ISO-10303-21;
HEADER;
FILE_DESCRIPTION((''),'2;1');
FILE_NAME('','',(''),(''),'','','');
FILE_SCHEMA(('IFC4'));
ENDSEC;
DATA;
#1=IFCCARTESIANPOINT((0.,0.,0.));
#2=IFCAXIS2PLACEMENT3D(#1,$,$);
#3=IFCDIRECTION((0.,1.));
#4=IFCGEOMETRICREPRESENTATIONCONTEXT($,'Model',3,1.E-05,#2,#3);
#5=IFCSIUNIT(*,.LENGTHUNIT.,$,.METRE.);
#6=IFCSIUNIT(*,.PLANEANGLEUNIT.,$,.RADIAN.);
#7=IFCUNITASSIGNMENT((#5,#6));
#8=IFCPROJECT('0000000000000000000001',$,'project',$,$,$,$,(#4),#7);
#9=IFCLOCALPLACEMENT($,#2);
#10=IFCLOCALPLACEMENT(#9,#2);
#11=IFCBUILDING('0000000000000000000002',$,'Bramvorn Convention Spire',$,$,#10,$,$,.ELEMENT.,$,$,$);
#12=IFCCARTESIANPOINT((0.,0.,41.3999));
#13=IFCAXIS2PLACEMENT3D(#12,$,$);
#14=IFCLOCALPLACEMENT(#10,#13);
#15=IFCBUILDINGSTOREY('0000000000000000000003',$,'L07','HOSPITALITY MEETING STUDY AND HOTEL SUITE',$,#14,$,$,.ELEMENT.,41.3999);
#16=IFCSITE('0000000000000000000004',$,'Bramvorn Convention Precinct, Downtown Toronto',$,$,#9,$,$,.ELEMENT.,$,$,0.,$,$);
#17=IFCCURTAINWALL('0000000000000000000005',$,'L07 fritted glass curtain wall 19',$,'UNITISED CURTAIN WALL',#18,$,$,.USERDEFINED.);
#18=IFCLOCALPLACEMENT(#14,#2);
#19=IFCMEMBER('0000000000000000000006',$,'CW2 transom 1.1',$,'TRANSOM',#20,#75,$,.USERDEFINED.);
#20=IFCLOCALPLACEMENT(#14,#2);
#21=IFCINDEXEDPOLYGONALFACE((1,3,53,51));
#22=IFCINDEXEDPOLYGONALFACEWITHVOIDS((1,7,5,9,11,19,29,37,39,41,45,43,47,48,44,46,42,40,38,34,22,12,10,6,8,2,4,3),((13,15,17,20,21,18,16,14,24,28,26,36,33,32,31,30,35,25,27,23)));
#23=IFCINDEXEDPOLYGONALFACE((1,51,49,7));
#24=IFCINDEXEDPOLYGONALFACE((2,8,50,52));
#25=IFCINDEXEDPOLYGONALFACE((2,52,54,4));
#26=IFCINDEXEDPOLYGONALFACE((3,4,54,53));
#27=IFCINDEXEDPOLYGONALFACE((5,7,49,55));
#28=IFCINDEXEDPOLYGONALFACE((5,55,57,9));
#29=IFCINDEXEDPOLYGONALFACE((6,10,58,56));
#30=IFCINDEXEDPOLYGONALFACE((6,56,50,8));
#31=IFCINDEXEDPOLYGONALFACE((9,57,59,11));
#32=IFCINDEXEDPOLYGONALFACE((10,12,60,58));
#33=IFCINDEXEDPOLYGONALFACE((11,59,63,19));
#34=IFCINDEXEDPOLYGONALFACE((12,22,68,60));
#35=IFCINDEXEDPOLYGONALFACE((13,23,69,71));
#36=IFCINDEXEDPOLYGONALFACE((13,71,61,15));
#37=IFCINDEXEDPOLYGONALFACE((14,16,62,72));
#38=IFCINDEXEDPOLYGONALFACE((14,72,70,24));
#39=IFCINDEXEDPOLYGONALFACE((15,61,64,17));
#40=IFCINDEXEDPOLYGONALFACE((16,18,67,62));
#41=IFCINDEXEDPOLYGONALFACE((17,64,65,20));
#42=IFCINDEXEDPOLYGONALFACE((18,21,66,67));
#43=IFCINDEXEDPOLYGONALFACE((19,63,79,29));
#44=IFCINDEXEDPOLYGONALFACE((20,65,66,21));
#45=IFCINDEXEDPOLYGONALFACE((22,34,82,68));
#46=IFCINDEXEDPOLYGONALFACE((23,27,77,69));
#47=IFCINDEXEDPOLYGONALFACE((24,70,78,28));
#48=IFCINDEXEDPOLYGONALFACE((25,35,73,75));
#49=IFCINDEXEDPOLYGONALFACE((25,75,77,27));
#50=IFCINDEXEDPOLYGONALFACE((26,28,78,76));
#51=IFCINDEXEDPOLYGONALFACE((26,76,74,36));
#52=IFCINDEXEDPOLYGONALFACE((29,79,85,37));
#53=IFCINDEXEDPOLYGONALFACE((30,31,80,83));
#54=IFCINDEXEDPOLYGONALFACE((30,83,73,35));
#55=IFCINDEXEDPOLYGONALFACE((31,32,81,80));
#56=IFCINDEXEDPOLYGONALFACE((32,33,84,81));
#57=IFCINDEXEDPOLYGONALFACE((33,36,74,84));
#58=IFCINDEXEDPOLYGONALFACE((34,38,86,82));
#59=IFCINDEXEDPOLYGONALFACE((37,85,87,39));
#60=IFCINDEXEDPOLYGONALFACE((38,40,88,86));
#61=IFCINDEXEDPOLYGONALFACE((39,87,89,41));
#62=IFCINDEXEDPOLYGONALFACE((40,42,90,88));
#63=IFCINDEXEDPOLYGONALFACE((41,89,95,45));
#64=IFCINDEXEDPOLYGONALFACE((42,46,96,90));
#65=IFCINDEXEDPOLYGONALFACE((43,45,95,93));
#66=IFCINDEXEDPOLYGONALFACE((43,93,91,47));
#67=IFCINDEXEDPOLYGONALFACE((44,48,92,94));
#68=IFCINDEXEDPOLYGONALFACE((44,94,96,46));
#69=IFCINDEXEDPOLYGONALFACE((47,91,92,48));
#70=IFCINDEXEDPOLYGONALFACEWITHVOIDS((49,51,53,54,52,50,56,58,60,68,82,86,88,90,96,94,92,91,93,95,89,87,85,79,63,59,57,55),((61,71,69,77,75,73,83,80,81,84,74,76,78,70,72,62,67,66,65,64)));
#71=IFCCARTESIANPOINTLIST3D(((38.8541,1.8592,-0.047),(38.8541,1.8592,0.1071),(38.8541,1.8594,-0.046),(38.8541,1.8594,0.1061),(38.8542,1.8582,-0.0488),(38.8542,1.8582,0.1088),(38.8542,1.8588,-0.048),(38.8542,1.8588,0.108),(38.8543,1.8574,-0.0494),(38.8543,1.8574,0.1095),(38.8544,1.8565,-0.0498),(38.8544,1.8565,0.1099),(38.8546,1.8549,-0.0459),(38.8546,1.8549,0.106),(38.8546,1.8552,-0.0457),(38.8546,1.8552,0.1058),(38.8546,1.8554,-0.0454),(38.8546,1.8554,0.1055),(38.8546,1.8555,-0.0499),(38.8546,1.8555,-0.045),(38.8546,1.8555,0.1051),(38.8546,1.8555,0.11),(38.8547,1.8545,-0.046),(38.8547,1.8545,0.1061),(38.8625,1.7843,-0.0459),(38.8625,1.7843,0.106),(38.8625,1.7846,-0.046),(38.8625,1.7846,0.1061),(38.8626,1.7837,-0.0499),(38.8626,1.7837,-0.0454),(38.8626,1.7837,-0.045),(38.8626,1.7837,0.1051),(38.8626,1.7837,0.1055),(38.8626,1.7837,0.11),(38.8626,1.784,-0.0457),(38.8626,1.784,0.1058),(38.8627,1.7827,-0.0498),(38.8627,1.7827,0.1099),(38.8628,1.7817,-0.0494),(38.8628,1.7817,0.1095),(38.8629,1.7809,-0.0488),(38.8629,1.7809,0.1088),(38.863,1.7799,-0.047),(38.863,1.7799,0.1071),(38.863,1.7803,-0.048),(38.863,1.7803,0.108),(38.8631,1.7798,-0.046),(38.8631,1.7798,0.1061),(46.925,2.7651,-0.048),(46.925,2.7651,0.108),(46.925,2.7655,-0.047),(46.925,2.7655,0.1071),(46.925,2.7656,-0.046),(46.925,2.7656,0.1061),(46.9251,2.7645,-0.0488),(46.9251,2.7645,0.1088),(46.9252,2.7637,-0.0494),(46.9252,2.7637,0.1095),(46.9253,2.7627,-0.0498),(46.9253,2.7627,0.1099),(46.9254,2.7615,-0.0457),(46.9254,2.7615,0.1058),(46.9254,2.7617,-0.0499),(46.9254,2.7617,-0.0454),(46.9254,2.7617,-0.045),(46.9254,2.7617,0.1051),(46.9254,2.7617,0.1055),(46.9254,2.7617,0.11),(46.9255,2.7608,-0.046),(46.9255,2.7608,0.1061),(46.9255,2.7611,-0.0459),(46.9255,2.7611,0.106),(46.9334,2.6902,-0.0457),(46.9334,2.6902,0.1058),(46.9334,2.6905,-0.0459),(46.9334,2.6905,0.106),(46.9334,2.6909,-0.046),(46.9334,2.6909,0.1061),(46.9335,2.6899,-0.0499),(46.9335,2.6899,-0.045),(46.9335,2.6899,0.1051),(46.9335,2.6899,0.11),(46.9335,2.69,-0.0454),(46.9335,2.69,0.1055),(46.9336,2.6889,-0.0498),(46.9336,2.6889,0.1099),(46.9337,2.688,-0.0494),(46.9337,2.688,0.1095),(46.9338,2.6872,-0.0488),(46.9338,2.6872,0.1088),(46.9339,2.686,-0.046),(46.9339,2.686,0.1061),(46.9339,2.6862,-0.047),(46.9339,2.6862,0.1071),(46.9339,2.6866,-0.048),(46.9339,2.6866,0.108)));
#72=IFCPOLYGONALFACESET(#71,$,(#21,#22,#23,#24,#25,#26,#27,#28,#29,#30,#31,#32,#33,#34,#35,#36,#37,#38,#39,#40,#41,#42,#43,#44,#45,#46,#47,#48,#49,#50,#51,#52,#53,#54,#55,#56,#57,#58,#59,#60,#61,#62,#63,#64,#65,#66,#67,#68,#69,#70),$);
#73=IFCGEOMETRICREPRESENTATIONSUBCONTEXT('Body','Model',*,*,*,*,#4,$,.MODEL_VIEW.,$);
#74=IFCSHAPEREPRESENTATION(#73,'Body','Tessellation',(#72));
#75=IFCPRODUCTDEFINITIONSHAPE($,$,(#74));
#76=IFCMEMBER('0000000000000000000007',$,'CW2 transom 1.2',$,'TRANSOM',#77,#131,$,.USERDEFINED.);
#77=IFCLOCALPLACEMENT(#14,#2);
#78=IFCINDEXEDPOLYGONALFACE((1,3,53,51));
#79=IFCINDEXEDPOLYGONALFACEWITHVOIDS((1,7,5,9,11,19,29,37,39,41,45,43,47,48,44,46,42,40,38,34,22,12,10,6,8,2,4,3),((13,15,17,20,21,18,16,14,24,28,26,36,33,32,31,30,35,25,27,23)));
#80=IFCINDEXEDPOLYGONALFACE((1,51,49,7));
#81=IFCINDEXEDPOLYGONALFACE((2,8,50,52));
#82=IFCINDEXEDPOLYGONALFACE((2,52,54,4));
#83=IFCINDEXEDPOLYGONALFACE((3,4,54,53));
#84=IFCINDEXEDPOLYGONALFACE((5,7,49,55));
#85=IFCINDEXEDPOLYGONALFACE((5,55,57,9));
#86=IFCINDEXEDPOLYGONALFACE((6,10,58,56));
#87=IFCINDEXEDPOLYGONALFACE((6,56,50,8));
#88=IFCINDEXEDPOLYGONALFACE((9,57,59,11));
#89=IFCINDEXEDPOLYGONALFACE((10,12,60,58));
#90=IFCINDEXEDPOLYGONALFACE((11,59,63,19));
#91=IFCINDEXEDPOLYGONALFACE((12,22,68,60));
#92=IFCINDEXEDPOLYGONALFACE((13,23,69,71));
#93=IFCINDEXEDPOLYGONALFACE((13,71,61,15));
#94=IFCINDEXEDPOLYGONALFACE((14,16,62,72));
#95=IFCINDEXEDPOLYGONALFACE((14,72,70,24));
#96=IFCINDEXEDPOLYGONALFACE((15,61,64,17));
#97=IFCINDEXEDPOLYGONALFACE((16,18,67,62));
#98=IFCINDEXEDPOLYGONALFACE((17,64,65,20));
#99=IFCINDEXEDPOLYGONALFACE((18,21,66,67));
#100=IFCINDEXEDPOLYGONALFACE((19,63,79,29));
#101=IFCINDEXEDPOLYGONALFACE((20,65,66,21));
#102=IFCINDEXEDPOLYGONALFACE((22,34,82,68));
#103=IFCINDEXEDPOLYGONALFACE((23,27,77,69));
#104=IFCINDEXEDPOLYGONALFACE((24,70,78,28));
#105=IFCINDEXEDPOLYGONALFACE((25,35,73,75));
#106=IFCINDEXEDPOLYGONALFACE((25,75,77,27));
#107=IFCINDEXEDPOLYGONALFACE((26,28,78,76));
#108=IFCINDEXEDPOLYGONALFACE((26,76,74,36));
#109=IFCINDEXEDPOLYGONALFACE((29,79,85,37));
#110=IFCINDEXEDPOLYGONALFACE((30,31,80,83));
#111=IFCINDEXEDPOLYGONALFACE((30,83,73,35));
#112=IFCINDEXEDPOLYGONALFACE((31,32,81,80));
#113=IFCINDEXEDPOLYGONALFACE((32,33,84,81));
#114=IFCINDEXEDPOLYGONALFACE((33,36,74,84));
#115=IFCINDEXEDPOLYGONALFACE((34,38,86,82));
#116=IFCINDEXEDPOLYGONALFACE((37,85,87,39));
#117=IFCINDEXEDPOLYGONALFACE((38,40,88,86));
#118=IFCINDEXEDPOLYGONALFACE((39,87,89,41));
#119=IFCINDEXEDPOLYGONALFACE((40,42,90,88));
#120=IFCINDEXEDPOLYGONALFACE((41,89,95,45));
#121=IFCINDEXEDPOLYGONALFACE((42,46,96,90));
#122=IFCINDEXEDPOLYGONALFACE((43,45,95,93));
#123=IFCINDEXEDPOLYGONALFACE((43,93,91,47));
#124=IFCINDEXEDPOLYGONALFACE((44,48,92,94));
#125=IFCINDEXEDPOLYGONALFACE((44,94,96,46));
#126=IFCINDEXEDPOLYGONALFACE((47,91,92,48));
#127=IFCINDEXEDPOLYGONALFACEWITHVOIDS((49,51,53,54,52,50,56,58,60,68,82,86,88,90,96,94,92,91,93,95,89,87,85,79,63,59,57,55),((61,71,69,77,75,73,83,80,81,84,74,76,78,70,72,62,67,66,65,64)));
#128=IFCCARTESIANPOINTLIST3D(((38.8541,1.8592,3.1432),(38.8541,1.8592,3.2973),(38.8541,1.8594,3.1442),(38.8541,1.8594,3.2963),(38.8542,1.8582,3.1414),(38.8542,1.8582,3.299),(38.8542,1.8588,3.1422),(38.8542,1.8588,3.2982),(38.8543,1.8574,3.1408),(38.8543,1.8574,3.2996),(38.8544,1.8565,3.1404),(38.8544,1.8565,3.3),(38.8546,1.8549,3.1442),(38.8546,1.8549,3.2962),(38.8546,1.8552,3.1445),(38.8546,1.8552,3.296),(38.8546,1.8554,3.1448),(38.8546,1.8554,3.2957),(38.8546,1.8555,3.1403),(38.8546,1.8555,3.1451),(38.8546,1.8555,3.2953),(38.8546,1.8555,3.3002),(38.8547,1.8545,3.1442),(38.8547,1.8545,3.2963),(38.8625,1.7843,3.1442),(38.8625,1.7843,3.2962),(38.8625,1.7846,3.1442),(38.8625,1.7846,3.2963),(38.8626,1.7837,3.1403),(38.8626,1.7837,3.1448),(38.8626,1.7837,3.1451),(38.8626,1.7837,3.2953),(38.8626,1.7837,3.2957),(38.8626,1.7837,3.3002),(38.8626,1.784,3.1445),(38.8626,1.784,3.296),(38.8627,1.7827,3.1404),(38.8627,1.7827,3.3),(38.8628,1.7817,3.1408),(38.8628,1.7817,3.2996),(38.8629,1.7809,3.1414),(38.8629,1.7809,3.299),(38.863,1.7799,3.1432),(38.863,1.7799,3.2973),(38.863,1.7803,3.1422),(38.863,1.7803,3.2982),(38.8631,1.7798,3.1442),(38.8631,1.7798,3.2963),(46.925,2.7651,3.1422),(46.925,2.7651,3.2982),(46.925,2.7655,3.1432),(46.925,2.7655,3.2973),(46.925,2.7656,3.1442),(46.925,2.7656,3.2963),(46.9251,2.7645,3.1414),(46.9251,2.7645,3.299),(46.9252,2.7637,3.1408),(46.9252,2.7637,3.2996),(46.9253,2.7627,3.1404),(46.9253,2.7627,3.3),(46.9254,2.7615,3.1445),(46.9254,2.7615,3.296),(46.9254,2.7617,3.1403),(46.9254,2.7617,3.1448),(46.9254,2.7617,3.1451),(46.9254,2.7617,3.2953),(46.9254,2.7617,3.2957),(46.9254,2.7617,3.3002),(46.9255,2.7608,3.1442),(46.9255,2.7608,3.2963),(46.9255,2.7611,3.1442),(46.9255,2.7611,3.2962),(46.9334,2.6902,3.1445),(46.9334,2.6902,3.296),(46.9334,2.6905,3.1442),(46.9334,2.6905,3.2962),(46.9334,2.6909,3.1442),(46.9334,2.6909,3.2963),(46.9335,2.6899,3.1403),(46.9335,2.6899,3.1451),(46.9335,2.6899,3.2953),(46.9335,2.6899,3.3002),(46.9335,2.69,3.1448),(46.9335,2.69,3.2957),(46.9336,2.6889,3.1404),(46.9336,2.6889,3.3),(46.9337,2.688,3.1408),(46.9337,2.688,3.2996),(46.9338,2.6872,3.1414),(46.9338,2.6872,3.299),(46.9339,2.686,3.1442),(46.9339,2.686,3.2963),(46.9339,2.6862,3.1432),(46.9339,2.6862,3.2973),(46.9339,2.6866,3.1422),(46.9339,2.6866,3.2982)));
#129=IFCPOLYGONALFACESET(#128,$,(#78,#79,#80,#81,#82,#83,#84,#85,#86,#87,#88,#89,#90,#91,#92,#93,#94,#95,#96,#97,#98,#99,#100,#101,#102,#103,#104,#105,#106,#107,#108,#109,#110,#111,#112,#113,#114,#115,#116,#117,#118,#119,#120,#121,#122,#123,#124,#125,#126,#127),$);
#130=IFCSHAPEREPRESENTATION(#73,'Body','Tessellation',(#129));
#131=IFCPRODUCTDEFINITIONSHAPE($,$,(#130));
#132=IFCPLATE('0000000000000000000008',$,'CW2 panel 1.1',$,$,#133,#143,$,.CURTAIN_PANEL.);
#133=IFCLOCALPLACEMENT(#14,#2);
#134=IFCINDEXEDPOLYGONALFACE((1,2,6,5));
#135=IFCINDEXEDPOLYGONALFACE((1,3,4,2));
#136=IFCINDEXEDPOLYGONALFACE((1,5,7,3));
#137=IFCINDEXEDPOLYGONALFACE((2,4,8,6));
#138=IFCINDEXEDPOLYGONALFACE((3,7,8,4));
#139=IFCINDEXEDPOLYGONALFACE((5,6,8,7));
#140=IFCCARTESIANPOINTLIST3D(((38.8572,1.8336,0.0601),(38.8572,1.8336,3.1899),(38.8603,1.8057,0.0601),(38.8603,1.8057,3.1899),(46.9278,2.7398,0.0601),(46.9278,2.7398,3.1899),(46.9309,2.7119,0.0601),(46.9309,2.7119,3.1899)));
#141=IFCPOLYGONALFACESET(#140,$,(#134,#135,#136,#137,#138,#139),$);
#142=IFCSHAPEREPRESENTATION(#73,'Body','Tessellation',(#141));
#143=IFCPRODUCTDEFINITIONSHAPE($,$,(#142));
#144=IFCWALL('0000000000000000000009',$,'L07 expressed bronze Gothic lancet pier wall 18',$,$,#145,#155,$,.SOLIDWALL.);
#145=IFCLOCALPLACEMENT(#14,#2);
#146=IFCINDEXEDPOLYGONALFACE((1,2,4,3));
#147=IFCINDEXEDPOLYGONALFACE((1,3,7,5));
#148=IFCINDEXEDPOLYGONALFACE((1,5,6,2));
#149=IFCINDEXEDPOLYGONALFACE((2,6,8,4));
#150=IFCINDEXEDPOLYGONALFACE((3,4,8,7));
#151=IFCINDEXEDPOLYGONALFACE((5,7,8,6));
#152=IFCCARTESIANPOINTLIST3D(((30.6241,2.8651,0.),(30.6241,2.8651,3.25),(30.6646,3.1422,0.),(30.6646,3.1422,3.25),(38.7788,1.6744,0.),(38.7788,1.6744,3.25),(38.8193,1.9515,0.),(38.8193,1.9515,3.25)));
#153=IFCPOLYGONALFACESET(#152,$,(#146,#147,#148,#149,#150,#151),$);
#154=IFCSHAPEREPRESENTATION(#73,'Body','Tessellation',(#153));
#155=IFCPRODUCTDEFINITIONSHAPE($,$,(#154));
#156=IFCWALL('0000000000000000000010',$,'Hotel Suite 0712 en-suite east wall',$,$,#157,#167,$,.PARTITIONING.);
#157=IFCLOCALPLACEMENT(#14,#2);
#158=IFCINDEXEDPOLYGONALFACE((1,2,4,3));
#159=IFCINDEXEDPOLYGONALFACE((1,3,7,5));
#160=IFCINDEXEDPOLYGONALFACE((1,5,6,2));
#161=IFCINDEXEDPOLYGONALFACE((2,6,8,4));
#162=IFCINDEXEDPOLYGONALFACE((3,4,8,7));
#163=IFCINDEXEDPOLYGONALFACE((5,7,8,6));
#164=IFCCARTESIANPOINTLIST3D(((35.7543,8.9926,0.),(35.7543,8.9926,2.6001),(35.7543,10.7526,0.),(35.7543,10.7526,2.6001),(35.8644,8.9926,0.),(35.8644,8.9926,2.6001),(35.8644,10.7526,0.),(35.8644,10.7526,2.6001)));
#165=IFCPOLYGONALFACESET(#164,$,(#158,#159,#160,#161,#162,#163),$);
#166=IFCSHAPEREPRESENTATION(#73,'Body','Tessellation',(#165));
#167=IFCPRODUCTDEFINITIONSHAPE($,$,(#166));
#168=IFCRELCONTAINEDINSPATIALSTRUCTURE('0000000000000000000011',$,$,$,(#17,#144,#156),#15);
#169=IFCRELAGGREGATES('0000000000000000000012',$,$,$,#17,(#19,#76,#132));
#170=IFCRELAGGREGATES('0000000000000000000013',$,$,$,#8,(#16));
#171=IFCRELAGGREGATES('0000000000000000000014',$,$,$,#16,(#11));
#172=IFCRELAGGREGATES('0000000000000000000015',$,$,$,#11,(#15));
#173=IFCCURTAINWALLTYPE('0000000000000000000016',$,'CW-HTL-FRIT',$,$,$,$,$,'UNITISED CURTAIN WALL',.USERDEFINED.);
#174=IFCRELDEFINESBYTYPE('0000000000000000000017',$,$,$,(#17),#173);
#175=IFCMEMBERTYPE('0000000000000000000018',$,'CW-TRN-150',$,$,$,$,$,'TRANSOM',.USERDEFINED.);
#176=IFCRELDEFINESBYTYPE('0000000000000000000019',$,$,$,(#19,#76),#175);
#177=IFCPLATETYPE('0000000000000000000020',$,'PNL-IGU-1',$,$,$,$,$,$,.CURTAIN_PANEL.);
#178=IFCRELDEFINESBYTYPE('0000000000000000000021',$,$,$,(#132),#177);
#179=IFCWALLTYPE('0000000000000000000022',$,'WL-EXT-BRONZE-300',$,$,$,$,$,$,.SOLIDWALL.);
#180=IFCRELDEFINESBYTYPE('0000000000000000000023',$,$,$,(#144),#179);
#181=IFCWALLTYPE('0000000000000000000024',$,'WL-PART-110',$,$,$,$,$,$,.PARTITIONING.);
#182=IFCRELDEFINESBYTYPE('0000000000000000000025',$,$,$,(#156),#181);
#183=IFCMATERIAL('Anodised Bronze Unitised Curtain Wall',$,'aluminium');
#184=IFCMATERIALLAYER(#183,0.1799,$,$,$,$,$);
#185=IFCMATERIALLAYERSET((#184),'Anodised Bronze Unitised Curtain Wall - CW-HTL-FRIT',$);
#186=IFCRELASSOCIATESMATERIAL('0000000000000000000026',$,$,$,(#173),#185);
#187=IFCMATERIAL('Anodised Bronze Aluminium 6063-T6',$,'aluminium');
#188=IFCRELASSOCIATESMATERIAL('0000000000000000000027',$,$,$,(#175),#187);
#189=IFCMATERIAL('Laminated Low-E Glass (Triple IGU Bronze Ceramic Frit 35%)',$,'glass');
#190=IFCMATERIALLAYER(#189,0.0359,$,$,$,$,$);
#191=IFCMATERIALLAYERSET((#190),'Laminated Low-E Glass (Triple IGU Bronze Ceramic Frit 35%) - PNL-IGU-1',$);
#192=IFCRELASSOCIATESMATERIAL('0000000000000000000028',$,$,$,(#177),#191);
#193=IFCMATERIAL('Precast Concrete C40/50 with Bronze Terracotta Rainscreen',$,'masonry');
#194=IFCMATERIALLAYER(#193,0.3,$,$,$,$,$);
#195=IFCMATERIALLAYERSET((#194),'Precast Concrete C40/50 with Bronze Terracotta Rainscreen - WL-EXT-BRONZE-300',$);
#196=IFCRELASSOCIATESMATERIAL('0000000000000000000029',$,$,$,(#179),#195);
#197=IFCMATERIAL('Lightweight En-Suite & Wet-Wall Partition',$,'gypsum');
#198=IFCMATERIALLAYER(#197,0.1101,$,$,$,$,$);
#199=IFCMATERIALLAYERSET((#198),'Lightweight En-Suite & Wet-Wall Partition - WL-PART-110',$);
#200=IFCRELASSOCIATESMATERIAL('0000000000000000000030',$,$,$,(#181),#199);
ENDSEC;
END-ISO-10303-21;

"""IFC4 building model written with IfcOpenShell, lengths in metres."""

from ifc_helpers import new_model, si_unit, direction, frame, frame_2d, origin, origin_2d, place, context, subcontext, project, spatial, rectangle, hollow_rectangle, extrude, material, layer, layer_set, material_profile, profile_set, type_object, element, aggregate, save


model = new_model("IFC4")

# Units and contexts
model_context = context("Model", 3, precision=1e-05, world=origin(), true_north=direction((0.0, 1.0)))
body_context = subcontext(model_context, "Body", "Model", "MODEL_VIEW")
ifc_project = project(units=[si_unit("LENGTHUNIT", "METRE"), si_unit("PLANEANGLEUNIT", "RADIAN")], contexts=[model_context])

# Site, building, storey
site_placement = place(None, origin())
site = spatial("IfcSite", under=ifc_project, at=site_placement, Name="Bramvorn Convention Precinct, Downtown Toronto", CompositionType="ELEMENT", RefElevation=0.0)
building_placement = place(site_placement, origin())
building = spatial("IfcBuilding", under=site, at=building_placement, Name="Bramvorn Convention Spire", CompositionType="ELEMENT")
storey_placement = place(building_placement, frame((0.0, 0.0, 41.3999)))
storey = spatial("IfcBuildingStorey", under=building, at=storey_placement, Name="L07", Description="HOSPITALITY MEETING STUDY AND HOTEL SUITE", CompositionType="ELEMENT", Elevation=41.3999)

# Curtain wall
ifc_material_1 = material(Name="Anodised Bronze Unitised Curtain Wall", Category="aluminium")
ifc_layer_1 = layer(ifc_material_1, 0.1799)
ifc_layer_set_1 = layer_set([ifc_layer_1], Name="Anodised Bronze Unitised Curtain Wall - CW-HTL-FRIT")
curtain_wall_type = type_object("IfcCurtainWallType", Name="CW-HTL-FRIT", ElementType="UNITISED CURTAIN WALL", PredefinedType="USERDEFINED", material=ifc_layer_set_1)
curtain_wall_1_placement = place(storey_placement, origin())
curtain_wall_1 = element("IfcCurtainWall", 1, at=curtain_wall_1_placement, inside=storey, type_object=curtain_wall_type, Name="L07 fritted glass curtain wall 19", ObjectType="UNITISED CURTAIN WALL", PredefinedType="USERDEFINED")
ifc_material_2 = material(Name="Anodised Bronze Aluminium 6063-T6", Category="aluminium")

# Members
ifc_material_profile_1 = material_profile(ifc_material_2, hollow_rectangle(XDim=0.0801, YDim=0.1599, WallThickness=0.0039, InnerFilletRadius=0.001, OuterFilletRadius=0.0039, at=origin_2d()))
ifc_profile_set_1 = profile_set([ifc_material_profile_1], Name="Anodised Bronze Aluminium 6063-T6 - CWT80X160")
member_type_1 = type_object("IfcMemberType", Name="CW-TRN-150", ElementType="TRANSOM", PredefinedType="USERDEFINED", material=ifc_profile_set_1)
member_1_placement = place(storey_placement, frame((46.9294, 2.7258, 0.03), z_axis=(-0.993755, -0.111586, 0.0), x_axis=(0.111586, -0.993755, 0.0)))
member_1 = element("IfcMember", 2, at=member_1_placement, type_object=member_type_1, Name="CW2 transom 1.1", ObjectType="TRANSOM", PredefinedType="USERDEFINED", context=body_context, shape_type="SweptSolid", body=[
    extrude(hollow_rectangle(XDim=0.0801, YDim=0.1599, WallThickness=0.0039, InnerFilletRadius=0.001, OuterFilletRadius=0.0039, at=origin_2d()), origin(), (0.0, 0.0, 1.0), 8.1216),
])
member_2_placement = place(storey_placement, frame((46.9294, 2.7258, 3.2202), z_axis=(-0.993755, -0.111586, 0.0), x_axis=(0.111586, -0.993755, 0.0)))
member_2 = element("IfcMember", 3, at=member_2_placement, type_object=member_type_1, Name="CW2 transom 1.2", ObjectType="TRANSOM", PredefinedType="USERDEFINED", context=body_context, shape_type="SweptSolid", body=[
    extrude(hollow_rectangle(XDim=0.0801, YDim=0.1599, WallThickness=0.0039, InnerFilletRadius=0.001, OuterFilletRadius=0.0039, at=origin_2d()), origin(), (0.0, 0.0, 1.0), 8.1216),
])

# Plate
ifc_material_3 = material(Name="Laminated Low-E Glass (Triple IGU Bronze Ceramic Frit 35%)", Category="glass")
ifc_layer_2 = layer(ifc_material_3, 0.0359)
ifc_layer_set_2 = layer_set([ifc_layer_2], Name="Laminated Low-E Glass (Triple IGU Bronze Ceramic Frit 35%) - PNL-IGU-1")
plate_type = type_object("IfcPlateType", Name="PNL-IGU-1", PredefinedType="CURTAIN_PANEL", material=ifc_layer_set_2)
plate_placement = place(storey_placement, frame((42.894, 2.2727, 0.0601), z_axis=(0.0, 0.0, 1.0), x_axis=(-0.993755, -0.111583, 0.0)))
plate = element("IfcPlate", 4, at=plate_placement, type_object=plate_type, Name="CW2 panel 1.1", PredefinedType="CURTAIN_PANEL", context=body_context, shape_type="SweptSolid", body=[
    extrude(rectangle(XDim=8.1213, YDim=0.0281, at=origin_2d()), origin(), (0.0, 0.0, 1.0), 3.1299),
])
aggregate(curtain_wall_1, [member_1, member_2, plate])

# Walls
ifc_material_4 = material(Name="Precast Concrete C40/50 with Bronze Terracotta Rainscreen", Category="masonry")
ifc_layer_3 = layer(ifc_material_4, 0.3)
ifc_layer_set_3 = layer_set([ifc_layer_3], Name="Precast Concrete C40/50 with Bronze Terracotta Rainscreen - WL-EXT-BRONZE-300")
wall_type_1 = type_object("IfcWallType", Name="WL-EXT-BRONZE-300", PredefinedType="SOLIDWALL", material=ifc_layer_set_3)
wall_1_placement = place(storey_placement, frame((38.7991, 1.813, 0.0), z_axis=(0.0, 0.0, 1.0), x_axis=(-0.989508, 0.144477, 0.0)))
element("IfcWall", 5, at=wall_1_placement, inside=storey, type_object=wall_type_1, Name="L07 expressed bronze Gothic lancet pier wall 18", PredefinedType="SOLIDWALL", context=body_context, shape_type="SweptSolid", body=[
    extrude(rectangle(XDim=8.2412, YDim=0.28, at=frame_2d((4.1206, 0.0))), origin(), (0.0, 0.0, 1.0), 3.25),
])
ifc_material_5 = material(Name="Lightweight En-Suite & Wet-Wall Partition", Category="gypsum")
ifc_layer_4 = layer(ifc_material_5, 0.1101)
ifc_layer_set_4 = layer_set([ifc_layer_4], Name="Lightweight En-Suite & Wet-Wall Partition - WL-PART-110")
wall_type_2 = type_object("IfcWallType", Name="WL-PART-110", PredefinedType="PARTITIONING", material=ifc_layer_set_4)
wall_2_placement = place(storey_placement, frame((35.8093, 8.9927, 0.0), z_axis=(0.0, 0.0, 1.0), x_axis=(0.0, 1.0, 0.0)))
element("IfcWall", 6, at=wall_2_placement, inside=storey, type_object=wall_type_2, Name="Hotel Suite 0712 en-suite east wall", PredefinedType="PARTITIONING", context=body_context, shape_type="SweptSolid", body=[
    extrude(rectangle(XDim=1.76, YDim=0.1101, at=frame_2d((0.8799, 0.0))), origin(), (0.0, 0.0, 1.0), 2.6001),
])

save(model, "model.ifc")
